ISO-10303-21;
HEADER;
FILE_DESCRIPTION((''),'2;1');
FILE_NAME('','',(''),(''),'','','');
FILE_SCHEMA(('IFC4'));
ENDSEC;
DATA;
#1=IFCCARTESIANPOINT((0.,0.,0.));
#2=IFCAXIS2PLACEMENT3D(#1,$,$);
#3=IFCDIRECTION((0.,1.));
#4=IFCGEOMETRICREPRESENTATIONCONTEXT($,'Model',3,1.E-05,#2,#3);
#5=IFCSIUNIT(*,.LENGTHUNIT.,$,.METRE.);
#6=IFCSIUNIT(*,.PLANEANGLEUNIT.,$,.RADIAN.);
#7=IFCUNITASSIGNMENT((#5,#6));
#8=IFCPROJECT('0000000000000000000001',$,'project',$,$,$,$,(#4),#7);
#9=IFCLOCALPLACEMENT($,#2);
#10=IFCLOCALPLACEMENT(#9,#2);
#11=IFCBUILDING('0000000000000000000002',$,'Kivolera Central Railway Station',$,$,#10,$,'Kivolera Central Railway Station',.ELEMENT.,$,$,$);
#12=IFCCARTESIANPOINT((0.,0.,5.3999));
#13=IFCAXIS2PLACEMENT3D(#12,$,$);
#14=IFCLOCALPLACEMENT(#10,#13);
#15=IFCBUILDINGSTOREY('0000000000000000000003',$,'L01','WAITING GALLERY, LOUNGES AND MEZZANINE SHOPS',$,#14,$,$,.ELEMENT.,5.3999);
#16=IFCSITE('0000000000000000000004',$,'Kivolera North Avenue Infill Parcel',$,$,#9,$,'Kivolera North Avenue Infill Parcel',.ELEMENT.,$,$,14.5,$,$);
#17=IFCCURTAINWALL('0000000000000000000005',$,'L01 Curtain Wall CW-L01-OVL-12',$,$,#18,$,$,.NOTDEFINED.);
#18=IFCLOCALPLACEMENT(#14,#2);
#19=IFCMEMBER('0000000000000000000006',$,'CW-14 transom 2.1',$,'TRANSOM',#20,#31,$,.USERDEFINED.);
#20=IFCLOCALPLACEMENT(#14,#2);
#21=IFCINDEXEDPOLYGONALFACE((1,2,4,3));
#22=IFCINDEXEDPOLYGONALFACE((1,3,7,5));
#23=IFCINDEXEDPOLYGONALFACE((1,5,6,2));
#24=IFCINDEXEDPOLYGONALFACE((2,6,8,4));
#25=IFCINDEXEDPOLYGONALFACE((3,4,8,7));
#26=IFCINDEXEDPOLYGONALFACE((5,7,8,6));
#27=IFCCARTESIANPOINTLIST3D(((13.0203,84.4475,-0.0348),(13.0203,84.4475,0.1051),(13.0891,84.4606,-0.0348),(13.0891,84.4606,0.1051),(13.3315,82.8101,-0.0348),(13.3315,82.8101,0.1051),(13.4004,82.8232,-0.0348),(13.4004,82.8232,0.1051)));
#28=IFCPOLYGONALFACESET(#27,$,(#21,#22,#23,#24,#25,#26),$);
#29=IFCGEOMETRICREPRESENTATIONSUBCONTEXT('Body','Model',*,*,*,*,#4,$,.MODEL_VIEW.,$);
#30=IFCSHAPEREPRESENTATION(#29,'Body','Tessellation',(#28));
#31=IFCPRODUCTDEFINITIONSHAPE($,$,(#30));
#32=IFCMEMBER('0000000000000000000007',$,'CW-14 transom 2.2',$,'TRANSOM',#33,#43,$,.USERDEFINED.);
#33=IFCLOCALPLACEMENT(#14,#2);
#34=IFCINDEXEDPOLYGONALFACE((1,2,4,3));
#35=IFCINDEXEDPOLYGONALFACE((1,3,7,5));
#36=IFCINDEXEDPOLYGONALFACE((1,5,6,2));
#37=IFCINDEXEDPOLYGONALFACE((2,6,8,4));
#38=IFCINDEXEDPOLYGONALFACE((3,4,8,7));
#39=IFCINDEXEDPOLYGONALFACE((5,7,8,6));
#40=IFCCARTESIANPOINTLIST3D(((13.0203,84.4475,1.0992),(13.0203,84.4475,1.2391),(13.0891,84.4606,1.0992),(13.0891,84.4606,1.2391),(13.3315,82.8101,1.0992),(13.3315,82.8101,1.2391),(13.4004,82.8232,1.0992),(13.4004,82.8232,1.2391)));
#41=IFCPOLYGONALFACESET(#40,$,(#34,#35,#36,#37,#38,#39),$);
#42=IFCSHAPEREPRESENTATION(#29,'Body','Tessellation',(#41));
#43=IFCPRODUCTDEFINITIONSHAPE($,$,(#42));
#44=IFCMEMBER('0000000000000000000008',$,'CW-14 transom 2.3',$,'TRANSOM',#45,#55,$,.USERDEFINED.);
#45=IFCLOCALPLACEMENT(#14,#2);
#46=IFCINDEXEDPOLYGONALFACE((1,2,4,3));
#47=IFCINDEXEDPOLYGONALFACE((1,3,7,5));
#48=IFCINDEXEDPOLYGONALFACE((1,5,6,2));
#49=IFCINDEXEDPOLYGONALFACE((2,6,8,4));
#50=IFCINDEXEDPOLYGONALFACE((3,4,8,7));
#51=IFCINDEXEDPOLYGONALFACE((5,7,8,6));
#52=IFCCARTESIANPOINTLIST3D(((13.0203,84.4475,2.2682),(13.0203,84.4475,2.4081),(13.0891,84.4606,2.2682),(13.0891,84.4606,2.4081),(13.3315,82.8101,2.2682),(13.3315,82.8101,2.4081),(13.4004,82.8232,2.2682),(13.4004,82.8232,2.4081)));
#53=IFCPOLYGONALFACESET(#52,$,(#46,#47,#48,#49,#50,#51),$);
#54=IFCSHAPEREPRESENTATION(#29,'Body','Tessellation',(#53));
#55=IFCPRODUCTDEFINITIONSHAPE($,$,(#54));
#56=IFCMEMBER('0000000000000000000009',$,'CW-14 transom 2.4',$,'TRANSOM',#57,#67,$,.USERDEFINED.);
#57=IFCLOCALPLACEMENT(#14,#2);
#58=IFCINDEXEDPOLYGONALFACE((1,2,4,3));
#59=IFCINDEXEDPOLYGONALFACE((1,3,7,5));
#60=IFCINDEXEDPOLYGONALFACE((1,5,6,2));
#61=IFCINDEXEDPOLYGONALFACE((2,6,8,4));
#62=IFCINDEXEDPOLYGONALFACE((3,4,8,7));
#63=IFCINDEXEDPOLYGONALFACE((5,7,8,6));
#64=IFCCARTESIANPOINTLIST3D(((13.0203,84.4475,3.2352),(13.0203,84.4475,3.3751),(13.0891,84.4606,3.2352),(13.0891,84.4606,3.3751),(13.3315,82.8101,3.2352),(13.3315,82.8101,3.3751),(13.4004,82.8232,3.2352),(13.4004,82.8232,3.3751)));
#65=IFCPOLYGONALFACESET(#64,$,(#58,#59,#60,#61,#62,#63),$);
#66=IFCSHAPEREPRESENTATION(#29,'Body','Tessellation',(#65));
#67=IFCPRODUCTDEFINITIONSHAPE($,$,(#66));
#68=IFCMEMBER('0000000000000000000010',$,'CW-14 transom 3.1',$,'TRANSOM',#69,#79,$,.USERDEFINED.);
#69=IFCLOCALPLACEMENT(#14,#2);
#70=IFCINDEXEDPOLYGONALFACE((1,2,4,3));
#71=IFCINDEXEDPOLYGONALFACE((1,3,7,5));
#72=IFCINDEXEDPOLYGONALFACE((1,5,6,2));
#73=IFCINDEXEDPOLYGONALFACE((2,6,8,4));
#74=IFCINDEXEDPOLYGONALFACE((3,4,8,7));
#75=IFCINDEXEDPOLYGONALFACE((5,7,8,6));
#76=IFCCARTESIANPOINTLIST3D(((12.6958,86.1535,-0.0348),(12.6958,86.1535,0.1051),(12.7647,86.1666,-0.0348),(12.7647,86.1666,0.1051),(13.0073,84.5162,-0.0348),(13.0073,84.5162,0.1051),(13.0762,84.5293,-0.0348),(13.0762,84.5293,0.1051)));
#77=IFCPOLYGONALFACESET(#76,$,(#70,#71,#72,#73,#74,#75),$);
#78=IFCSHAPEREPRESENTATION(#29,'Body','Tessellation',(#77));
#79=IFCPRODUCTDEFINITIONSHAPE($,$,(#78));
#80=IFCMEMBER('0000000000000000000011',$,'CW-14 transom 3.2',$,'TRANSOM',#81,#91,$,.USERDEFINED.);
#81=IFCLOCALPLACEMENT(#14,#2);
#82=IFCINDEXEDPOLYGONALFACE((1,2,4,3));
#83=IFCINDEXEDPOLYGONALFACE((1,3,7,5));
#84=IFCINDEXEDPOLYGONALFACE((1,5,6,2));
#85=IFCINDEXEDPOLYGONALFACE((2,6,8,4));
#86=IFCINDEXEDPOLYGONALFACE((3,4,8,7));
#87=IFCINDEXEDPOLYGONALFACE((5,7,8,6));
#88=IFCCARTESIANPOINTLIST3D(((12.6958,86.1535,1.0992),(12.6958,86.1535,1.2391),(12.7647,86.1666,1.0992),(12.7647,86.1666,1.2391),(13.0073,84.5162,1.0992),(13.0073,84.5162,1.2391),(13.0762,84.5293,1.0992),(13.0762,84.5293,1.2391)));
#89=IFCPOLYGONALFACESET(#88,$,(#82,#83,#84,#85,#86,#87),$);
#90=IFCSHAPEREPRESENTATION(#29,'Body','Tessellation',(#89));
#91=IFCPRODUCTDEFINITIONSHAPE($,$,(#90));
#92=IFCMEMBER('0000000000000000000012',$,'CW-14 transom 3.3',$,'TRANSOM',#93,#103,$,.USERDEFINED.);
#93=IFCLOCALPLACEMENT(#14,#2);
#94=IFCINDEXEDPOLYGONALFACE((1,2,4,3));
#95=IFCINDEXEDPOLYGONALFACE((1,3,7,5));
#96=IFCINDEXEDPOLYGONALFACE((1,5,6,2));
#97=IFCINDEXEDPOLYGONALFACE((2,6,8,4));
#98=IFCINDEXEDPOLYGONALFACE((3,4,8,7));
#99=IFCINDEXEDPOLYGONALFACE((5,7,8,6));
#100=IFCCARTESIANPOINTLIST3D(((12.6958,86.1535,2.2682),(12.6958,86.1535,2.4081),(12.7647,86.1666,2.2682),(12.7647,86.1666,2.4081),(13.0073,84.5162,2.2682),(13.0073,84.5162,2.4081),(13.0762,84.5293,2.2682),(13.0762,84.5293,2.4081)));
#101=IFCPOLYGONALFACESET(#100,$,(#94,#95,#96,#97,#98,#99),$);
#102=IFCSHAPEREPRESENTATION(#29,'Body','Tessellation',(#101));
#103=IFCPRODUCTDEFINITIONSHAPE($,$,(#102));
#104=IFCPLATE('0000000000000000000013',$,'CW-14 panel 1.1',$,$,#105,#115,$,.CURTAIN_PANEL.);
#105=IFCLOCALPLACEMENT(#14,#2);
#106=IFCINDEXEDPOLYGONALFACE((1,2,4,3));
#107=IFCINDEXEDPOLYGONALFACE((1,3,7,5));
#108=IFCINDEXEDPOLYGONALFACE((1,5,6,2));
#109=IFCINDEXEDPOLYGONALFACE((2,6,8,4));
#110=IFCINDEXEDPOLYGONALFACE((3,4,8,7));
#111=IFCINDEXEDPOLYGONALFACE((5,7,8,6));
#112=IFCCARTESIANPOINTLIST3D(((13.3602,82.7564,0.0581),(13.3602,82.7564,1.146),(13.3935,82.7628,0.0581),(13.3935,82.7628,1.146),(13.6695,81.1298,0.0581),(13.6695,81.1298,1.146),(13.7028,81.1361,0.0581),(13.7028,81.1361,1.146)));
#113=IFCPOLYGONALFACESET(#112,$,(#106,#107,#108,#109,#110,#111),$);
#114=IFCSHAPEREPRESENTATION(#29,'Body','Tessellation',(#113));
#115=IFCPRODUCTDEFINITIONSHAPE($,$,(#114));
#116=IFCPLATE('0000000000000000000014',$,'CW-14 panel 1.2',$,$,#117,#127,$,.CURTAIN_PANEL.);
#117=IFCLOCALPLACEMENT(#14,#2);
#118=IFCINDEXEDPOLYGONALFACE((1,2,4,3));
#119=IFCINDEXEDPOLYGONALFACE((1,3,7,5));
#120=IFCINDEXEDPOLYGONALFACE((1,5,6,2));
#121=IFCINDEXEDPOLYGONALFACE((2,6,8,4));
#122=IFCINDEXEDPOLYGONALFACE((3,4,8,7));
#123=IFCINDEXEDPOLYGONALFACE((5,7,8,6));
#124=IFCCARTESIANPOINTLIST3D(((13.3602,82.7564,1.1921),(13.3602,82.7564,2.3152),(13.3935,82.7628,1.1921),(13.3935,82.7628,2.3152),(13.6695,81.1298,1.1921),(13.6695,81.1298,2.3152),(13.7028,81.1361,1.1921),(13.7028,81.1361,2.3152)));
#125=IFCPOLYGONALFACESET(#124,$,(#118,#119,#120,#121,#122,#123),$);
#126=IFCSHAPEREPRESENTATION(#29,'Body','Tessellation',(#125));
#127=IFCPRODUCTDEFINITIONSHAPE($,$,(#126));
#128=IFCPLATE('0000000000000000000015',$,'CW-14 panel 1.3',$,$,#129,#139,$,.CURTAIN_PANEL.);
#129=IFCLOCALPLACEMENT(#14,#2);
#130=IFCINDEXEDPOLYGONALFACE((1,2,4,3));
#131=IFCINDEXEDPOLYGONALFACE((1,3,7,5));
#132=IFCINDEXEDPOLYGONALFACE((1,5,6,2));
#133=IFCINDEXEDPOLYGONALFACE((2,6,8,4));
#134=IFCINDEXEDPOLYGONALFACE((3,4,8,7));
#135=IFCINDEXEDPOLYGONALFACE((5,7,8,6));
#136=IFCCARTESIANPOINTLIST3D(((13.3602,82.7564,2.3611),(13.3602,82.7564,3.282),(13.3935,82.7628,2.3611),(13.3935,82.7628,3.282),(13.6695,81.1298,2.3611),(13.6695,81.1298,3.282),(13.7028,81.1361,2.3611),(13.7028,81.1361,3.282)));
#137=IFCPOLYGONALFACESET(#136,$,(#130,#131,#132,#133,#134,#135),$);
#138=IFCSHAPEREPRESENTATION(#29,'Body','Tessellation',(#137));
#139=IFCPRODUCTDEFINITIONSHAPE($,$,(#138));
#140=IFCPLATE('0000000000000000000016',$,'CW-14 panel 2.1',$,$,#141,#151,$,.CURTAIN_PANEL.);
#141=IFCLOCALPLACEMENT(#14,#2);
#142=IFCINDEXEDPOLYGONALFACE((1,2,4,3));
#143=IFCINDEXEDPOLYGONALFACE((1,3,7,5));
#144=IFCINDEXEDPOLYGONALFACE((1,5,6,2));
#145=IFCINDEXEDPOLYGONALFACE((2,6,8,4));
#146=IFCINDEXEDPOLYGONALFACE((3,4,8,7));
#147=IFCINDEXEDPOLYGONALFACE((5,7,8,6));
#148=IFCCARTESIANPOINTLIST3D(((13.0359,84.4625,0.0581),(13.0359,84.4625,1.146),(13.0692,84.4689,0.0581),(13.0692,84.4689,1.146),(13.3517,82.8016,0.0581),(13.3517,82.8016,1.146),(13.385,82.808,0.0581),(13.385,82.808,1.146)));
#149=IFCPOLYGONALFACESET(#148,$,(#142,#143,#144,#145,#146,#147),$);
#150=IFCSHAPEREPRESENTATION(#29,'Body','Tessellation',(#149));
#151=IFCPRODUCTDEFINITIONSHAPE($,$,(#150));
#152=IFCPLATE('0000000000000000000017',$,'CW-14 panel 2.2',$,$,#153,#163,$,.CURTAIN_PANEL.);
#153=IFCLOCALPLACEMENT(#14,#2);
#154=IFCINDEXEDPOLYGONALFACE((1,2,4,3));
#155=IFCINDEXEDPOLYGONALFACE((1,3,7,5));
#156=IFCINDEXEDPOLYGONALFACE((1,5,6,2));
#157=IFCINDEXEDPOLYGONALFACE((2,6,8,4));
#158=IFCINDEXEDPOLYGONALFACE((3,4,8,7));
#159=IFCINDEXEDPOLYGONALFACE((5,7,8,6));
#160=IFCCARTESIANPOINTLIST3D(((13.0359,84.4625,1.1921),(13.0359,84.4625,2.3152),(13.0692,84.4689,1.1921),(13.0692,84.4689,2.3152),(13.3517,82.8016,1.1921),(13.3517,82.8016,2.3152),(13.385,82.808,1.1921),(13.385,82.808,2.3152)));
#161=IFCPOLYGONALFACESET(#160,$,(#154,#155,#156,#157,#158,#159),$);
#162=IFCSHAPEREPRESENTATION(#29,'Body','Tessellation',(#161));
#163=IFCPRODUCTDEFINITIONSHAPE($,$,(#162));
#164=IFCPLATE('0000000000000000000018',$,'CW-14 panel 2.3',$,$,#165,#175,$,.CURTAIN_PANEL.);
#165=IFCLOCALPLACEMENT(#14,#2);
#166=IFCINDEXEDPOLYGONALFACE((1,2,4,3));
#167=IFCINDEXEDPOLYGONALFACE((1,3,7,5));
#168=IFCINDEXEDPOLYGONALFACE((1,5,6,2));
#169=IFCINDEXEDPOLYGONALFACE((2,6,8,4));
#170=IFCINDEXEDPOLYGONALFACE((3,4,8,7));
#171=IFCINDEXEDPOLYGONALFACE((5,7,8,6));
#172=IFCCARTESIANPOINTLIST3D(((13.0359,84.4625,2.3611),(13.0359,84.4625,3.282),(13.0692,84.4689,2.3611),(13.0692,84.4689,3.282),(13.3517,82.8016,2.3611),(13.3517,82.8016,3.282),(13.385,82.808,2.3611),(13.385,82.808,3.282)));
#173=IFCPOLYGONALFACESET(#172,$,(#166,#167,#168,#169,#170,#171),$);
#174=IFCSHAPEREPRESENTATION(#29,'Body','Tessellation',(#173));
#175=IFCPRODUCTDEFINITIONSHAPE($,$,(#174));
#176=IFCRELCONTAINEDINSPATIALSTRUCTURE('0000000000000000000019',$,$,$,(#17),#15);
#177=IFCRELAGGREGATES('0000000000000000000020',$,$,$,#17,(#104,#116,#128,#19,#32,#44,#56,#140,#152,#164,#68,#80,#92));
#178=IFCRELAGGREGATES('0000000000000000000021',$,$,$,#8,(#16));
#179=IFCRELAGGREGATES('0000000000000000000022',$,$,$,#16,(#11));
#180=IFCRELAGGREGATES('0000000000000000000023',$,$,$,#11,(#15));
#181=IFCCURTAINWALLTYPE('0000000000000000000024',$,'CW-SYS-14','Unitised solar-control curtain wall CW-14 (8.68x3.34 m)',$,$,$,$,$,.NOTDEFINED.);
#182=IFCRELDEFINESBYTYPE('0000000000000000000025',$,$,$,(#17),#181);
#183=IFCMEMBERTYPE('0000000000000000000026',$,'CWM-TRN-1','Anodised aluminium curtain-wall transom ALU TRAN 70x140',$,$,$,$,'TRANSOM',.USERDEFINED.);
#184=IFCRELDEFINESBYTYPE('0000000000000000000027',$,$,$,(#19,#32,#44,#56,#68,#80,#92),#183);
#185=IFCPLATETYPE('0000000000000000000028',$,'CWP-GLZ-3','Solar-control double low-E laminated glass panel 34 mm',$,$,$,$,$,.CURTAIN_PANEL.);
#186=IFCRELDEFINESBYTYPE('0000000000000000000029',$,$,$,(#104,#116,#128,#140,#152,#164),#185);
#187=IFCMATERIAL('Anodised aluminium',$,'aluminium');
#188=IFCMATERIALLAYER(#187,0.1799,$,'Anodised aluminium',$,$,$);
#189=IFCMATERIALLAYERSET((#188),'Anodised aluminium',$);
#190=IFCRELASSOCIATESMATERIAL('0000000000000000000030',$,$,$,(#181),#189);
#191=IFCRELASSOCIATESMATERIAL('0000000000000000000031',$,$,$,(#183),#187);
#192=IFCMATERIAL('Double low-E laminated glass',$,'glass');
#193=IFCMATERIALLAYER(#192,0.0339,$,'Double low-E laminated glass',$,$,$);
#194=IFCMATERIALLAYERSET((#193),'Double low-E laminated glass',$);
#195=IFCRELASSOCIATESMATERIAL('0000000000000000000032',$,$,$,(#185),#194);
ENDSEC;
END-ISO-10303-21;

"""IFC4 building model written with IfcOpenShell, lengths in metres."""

from ifc_helpers import new_model, si_unit, direction, frame, origin, origin_2d, place, context, subcontext, project, spatial, rectangle, extrude, material, layer, layer_set, material_profile, profile_set, type_object, element, aggregate, save


model = new_model("IFC4")

# Units and contexts
model_context = context("Model", 3, precision=1e-05, world=origin(), true_north=direction((0.0, 1.0)))
body_context = subcontext(model_context, "Body", "Model", "MODEL_VIEW")
ifc_project = project(units=[si_unit("LENGTHUNIT", "METRE"), si_unit("PLANEANGLEUNIT", "RADIAN")], contexts=[model_context])

# Site, building, storey
site_placement = place(None, origin())
site = spatial("IfcSite", under=ifc_project, at=site_placement, Name="Kivolera North Avenue Infill Parcel", LongName="Kivolera North Avenue Infill Parcel", CompositionType="ELEMENT", RefElevation=14.5)
building_placement = place(site_placement, origin())
building = spatial("IfcBuilding", under=site, at=building_placement, Name="Kivolera Central Railway Station", LongName="Kivolera Central Railway Station", CompositionType="ELEMENT")
storey_placement = place(building_placement, frame((0.0, 0.0, 5.3999)))
storey = spatial("IfcBuildingStorey", under=building, at=storey_placement, Name="L01", Description="WAITING GALLERY, LOUNGES AND MEZZANINE SHOPS", CompositionType="ELEMENT", Elevation=5.3999)

# Curtain wall, members, plates
ifc_material_1 = material(Name="Anodised aluminium", Category="aluminium")
ifc_layer_1 = layer(ifc_material_1, 0.1799, Name="Anodised aluminium")
ifc_layer_set_1 = layer_set([ifc_layer_1], Name="Anodised aluminium")
curtain_wall_type = type_object("IfcCurtainWallType", Name="CW-SYS-14", Description="Unitised solar-control curtain wall CW-14 (8.68x3.34 m)", PredefinedType="NOTDEFINED", material=ifc_layer_set_1)
curtain_wall_placement = place(storey_placement, origin())
curtain_wall = element("IfcCurtainWall", 1, at=curtain_wall_placement, inside=storey, type_object=curtain_wall_type, Name="L01 Curtain Wall CW-L01-OVL-12", PredefinedType="NOTDEFINED")
ifc_material_profile_1 = material_profile(ifc_material_1, rectangle(XDim=0.0701, YDim=0.1399, at=origin_2d()), Name="ALU TRAN 70x140")
ifc_profile_set_1 = profile_set([ifc_material_profile_1], Name="Anodised aluminium")
member_type_1 = type_object("IfcMemberType", Name="CWM-TRN-1", Description="Anodised aluminium curtain-wall transom ALU TRAN 70x140", ElementType="TRANSOM", PredefinedType="USERDEFINED", material=ifc_profile_set_1)
member_1_placement = place(storey_placement, frame((13.366, 82.8167, 0.0352), z_axis=(-0.186755, 0.982406, 0.0), x_axis=(-0.982406, -0.186755, 0.0)))
member_1 = element("IfcMember", 2, at=member_1_placement, type_object=member_type_1, Name="CW-14 transom 2.1", ObjectType="TRANSOM", PredefinedType="USERDEFINED", context=body_context, shape_type="SweptSolid", body=[
    extrude(rectangle(XDim=0.0701, YDim=0.1399, at=origin_2d()), origin(), (0.0, 0.0, 1.0), 1.6667),
])
member_2_placement = place(storey_placement, frame((13.366, 82.8167, 1.1692), z_axis=(-0.186755, 0.982406, 0.0), x_axis=(-0.982406, -0.186755, 0.0)))
member_2 = element("IfcMember", 3, at=member_2_placement, type_object=member_type_1, Name="CW-14 transom 2.2", ObjectType="TRANSOM", PredefinedType="USERDEFINED", context=body_context, shape_type="SweptSolid", body=[
    extrude(rectangle(XDim=0.0701, YDim=0.1399, at=origin_2d()), origin(), (0.0, 0.0, 1.0), 1.6667),
])
member_3_placement = place(storey_placement, frame((13.366, 82.8167, 2.3381), z_axis=(-0.186755, 0.982406, 0.0), x_axis=(-0.982406, -0.186755, 0.0)))
member_3 = element("IfcMember", 4, at=member_3_placement, type_object=member_type_1, Name="CW-14 transom 2.3", ObjectType="TRANSOM", PredefinedType="USERDEFINED", context=body_context, shape_type="SweptSolid", body=[
    extrude(rectangle(XDim=0.0701, YDim=0.1399, at=origin_2d()), origin(), (0.0, 0.0, 1.0), 1.6667),
])
member_4_placement = place(storey_placement, frame((13.366, 82.8167, 3.3052), z_axis=(-0.186755, 0.982406, 0.0), x_axis=(-0.982406, -0.186755, 0.0)))
member_4 = element("IfcMember", 5, at=member_4_placement, type_object=member_type_1, Name="CW-14 transom 2.4", ObjectType="TRANSOM", PredefinedType="USERDEFINED", context=body_context, shape_type="SweptSolid", body=[
    extrude(rectangle(XDim=0.0701, YDim=0.1399, at=origin_2d()), origin(), (0.0, 0.0, 1.0), 1.6667),
])
member_5_placement = place(storey_placement, frame((13.0417, 84.5227, 0.0352), z_axis=(-0.186897, 0.98238, 0.0), x_axis=(-0.98238, -0.186897, 0.0)))
member_5 = element("IfcMember", 6, at=member_5_placement, type_object=member_type_1, Name="CW-14 transom 3.1", ObjectType="TRANSOM", PredefinedType="USERDEFINED", context=body_context, shape_type="SweptSolid", body=[
    extrude(rectangle(XDim=0.0701, YDim=0.1399, at=origin_2d()), origin(), (0.0, 0.0, 1.0), 1.6667),
])
member_6_placement = place(storey_placement, frame((13.0417, 84.5227, 1.1692), z_axis=(-0.186897, 0.98238, 0.0), x_axis=(-0.98238, -0.186897, 0.0)))
member_6 = element("IfcMember", 7, at=member_6_placement, type_object=member_type_1, Name="CW-14 transom 3.2", ObjectType="TRANSOM", PredefinedType="USERDEFINED", context=body_context, shape_type="SweptSolid", body=[
    extrude(rectangle(XDim=0.0701, YDim=0.1399, at=origin_2d()), origin(), (0.0, 0.0, 1.0), 1.6667),
])
member_7_placement = place(storey_placement, frame((13.0417, 84.5227, 2.3381), z_axis=(-0.186897, 0.98238, 0.0), x_axis=(-0.98238, -0.186897, 0.0)))
member_7 = element("IfcMember", 8, at=member_7_placement, type_object=member_type_1, Name="CW-14 transom 3.3", ObjectType="TRANSOM", PredefinedType="USERDEFINED", context=body_context, shape_type="SweptSolid", body=[
    extrude(rectangle(XDim=0.0701, YDim=0.1399, at=origin_2d()), origin(), (0.0, 0.0, 1.0), 1.6667),
])
ifc_material_2 = material(Name="Double low-E laminated glass", Category="glass")
ifc_layer_2 = layer(ifc_material_2, 0.0339, Name="Double low-E laminated glass")
ifc_layer_set_2 = layer_set([ifc_layer_2], Name="Double low-E laminated glass")
plate_type = type_object("IfcPlateType", Name="CWP-GLZ-3", Description="Solar-control double low-E laminated glass panel 34 mm", PredefinedType="CURTAIN_PANEL", material=ifc_layer_set_2)
plate_1_placement = place(storey_placement, frame((13.5315, 81.9463, 0.0581), z_axis=(0.0, 0.0, 1.0), x_axis=(-0.186784, 0.982401, 0.0)))
plate_1 = element("IfcPlate", 9, at=plate_1_placement, type_object=plate_type, Name="CW-14 panel 1.1", PredefinedType="CURTAIN_PANEL", context=body_context, shape_type="SweptSolid", body=[
    extrude(rectangle(XDim=1.6558, YDim=0.0339, at=origin_2d()), origin(), (0.0, 0.0, 1.0), 1.0879),
])
plate_2_placement = place(storey_placement, frame((13.5315, 81.9463, 1.1921), z_axis=(0.0, 0.0, 1.0), x_axis=(-0.186784, 0.982401, 0.0)))
plate_2 = element("IfcPlate", 10, at=plate_2_placement, type_object=plate_type, Name="CW-14 panel 1.2", PredefinedType="CURTAIN_PANEL", context=body_context, shape_type="SweptSolid", body=[
    extrude(rectangle(XDim=1.6558, YDim=0.0339, at=origin_2d()), origin(), (0.0, 0.0, 1.0), 1.123),
])
plate_3_placement = place(storey_placement, frame((13.5315, 81.9463, 2.3611), z_axis=(0.0, 0.0, 1.0), x_axis=(-0.186784, 0.982401, 0.0)))
plate_3 = element("IfcPlate", 11, at=plate_3_placement, type_object=plate_type, Name="CW-14 panel 1.3", PredefinedType="CURTAIN_PANEL", context=body_context, shape_type="SweptSolid", body=[
    extrude(rectangle(XDim=1.6558, YDim=0.0339, at=origin_2d()), origin(), (0.0, 0.0, 1.0), 0.9209),
])
plate_4_placement = place(storey_placement, frame((13.2104, 83.6353, 0.0581), z_axis=(0.0, 0.0, 1.0), x_axis=(-0.186784, 0.982401, 0.0)))
plate_4 = element("IfcPlate", 12, at=plate_4_placement, type_object=plate_type, Name="CW-14 panel 2.1", PredefinedType="CURTAIN_PANEL", context=body_context, shape_type="SweptSolid", body=[
    extrude(rectangle(XDim=1.6907, YDim=0.0339, at=origin_2d()), origin(), (0.0, 0.0, 1.0), 1.0879),
])
plate_5_placement = place(storey_placement, frame((13.2104, 83.6353, 1.1921), z_axis=(0.0, 0.0, 1.0), x_axis=(-0.186784, 0.982401, 0.0)))
plate_5 = element("IfcPlate", 13, at=plate_5_placement, type_object=plate_type, Name="CW-14 panel 2.2", PredefinedType="CURTAIN_PANEL", context=body_context, shape_type="SweptSolid", body=[
    extrude(rectangle(XDim=1.6907, YDim=0.0339, at=origin_2d()), origin(), (0.0, 0.0, 1.0), 1.123),
])
plate_6_placement = place(storey_placement, frame((13.2104, 83.6353, 2.3611), z_axis=(0.0, 0.0, 1.0), x_axis=(-0.186784, 0.982401, 0.0)))
plate_6 = element("IfcPlate", 14, at=plate_6_placement, type_object=plate_type, Name="CW-14 panel 2.3", PredefinedType="CURTAIN_PANEL", context=body_context, shape_type="SweptSolid", body=[
    extrude(rectangle(XDim=1.6907, YDim=0.0339, at=origin_2d()), origin(), (0.0, 0.0, 1.0), 0.9209),
])
aggregate(curtain_wall, [plate_1, plate_2, plate_3, member_1, member_2, member_3, member_4, plate_4, plate_5, plate_6, member_5, member_6, member_7])

save(model, "model.ifc")
